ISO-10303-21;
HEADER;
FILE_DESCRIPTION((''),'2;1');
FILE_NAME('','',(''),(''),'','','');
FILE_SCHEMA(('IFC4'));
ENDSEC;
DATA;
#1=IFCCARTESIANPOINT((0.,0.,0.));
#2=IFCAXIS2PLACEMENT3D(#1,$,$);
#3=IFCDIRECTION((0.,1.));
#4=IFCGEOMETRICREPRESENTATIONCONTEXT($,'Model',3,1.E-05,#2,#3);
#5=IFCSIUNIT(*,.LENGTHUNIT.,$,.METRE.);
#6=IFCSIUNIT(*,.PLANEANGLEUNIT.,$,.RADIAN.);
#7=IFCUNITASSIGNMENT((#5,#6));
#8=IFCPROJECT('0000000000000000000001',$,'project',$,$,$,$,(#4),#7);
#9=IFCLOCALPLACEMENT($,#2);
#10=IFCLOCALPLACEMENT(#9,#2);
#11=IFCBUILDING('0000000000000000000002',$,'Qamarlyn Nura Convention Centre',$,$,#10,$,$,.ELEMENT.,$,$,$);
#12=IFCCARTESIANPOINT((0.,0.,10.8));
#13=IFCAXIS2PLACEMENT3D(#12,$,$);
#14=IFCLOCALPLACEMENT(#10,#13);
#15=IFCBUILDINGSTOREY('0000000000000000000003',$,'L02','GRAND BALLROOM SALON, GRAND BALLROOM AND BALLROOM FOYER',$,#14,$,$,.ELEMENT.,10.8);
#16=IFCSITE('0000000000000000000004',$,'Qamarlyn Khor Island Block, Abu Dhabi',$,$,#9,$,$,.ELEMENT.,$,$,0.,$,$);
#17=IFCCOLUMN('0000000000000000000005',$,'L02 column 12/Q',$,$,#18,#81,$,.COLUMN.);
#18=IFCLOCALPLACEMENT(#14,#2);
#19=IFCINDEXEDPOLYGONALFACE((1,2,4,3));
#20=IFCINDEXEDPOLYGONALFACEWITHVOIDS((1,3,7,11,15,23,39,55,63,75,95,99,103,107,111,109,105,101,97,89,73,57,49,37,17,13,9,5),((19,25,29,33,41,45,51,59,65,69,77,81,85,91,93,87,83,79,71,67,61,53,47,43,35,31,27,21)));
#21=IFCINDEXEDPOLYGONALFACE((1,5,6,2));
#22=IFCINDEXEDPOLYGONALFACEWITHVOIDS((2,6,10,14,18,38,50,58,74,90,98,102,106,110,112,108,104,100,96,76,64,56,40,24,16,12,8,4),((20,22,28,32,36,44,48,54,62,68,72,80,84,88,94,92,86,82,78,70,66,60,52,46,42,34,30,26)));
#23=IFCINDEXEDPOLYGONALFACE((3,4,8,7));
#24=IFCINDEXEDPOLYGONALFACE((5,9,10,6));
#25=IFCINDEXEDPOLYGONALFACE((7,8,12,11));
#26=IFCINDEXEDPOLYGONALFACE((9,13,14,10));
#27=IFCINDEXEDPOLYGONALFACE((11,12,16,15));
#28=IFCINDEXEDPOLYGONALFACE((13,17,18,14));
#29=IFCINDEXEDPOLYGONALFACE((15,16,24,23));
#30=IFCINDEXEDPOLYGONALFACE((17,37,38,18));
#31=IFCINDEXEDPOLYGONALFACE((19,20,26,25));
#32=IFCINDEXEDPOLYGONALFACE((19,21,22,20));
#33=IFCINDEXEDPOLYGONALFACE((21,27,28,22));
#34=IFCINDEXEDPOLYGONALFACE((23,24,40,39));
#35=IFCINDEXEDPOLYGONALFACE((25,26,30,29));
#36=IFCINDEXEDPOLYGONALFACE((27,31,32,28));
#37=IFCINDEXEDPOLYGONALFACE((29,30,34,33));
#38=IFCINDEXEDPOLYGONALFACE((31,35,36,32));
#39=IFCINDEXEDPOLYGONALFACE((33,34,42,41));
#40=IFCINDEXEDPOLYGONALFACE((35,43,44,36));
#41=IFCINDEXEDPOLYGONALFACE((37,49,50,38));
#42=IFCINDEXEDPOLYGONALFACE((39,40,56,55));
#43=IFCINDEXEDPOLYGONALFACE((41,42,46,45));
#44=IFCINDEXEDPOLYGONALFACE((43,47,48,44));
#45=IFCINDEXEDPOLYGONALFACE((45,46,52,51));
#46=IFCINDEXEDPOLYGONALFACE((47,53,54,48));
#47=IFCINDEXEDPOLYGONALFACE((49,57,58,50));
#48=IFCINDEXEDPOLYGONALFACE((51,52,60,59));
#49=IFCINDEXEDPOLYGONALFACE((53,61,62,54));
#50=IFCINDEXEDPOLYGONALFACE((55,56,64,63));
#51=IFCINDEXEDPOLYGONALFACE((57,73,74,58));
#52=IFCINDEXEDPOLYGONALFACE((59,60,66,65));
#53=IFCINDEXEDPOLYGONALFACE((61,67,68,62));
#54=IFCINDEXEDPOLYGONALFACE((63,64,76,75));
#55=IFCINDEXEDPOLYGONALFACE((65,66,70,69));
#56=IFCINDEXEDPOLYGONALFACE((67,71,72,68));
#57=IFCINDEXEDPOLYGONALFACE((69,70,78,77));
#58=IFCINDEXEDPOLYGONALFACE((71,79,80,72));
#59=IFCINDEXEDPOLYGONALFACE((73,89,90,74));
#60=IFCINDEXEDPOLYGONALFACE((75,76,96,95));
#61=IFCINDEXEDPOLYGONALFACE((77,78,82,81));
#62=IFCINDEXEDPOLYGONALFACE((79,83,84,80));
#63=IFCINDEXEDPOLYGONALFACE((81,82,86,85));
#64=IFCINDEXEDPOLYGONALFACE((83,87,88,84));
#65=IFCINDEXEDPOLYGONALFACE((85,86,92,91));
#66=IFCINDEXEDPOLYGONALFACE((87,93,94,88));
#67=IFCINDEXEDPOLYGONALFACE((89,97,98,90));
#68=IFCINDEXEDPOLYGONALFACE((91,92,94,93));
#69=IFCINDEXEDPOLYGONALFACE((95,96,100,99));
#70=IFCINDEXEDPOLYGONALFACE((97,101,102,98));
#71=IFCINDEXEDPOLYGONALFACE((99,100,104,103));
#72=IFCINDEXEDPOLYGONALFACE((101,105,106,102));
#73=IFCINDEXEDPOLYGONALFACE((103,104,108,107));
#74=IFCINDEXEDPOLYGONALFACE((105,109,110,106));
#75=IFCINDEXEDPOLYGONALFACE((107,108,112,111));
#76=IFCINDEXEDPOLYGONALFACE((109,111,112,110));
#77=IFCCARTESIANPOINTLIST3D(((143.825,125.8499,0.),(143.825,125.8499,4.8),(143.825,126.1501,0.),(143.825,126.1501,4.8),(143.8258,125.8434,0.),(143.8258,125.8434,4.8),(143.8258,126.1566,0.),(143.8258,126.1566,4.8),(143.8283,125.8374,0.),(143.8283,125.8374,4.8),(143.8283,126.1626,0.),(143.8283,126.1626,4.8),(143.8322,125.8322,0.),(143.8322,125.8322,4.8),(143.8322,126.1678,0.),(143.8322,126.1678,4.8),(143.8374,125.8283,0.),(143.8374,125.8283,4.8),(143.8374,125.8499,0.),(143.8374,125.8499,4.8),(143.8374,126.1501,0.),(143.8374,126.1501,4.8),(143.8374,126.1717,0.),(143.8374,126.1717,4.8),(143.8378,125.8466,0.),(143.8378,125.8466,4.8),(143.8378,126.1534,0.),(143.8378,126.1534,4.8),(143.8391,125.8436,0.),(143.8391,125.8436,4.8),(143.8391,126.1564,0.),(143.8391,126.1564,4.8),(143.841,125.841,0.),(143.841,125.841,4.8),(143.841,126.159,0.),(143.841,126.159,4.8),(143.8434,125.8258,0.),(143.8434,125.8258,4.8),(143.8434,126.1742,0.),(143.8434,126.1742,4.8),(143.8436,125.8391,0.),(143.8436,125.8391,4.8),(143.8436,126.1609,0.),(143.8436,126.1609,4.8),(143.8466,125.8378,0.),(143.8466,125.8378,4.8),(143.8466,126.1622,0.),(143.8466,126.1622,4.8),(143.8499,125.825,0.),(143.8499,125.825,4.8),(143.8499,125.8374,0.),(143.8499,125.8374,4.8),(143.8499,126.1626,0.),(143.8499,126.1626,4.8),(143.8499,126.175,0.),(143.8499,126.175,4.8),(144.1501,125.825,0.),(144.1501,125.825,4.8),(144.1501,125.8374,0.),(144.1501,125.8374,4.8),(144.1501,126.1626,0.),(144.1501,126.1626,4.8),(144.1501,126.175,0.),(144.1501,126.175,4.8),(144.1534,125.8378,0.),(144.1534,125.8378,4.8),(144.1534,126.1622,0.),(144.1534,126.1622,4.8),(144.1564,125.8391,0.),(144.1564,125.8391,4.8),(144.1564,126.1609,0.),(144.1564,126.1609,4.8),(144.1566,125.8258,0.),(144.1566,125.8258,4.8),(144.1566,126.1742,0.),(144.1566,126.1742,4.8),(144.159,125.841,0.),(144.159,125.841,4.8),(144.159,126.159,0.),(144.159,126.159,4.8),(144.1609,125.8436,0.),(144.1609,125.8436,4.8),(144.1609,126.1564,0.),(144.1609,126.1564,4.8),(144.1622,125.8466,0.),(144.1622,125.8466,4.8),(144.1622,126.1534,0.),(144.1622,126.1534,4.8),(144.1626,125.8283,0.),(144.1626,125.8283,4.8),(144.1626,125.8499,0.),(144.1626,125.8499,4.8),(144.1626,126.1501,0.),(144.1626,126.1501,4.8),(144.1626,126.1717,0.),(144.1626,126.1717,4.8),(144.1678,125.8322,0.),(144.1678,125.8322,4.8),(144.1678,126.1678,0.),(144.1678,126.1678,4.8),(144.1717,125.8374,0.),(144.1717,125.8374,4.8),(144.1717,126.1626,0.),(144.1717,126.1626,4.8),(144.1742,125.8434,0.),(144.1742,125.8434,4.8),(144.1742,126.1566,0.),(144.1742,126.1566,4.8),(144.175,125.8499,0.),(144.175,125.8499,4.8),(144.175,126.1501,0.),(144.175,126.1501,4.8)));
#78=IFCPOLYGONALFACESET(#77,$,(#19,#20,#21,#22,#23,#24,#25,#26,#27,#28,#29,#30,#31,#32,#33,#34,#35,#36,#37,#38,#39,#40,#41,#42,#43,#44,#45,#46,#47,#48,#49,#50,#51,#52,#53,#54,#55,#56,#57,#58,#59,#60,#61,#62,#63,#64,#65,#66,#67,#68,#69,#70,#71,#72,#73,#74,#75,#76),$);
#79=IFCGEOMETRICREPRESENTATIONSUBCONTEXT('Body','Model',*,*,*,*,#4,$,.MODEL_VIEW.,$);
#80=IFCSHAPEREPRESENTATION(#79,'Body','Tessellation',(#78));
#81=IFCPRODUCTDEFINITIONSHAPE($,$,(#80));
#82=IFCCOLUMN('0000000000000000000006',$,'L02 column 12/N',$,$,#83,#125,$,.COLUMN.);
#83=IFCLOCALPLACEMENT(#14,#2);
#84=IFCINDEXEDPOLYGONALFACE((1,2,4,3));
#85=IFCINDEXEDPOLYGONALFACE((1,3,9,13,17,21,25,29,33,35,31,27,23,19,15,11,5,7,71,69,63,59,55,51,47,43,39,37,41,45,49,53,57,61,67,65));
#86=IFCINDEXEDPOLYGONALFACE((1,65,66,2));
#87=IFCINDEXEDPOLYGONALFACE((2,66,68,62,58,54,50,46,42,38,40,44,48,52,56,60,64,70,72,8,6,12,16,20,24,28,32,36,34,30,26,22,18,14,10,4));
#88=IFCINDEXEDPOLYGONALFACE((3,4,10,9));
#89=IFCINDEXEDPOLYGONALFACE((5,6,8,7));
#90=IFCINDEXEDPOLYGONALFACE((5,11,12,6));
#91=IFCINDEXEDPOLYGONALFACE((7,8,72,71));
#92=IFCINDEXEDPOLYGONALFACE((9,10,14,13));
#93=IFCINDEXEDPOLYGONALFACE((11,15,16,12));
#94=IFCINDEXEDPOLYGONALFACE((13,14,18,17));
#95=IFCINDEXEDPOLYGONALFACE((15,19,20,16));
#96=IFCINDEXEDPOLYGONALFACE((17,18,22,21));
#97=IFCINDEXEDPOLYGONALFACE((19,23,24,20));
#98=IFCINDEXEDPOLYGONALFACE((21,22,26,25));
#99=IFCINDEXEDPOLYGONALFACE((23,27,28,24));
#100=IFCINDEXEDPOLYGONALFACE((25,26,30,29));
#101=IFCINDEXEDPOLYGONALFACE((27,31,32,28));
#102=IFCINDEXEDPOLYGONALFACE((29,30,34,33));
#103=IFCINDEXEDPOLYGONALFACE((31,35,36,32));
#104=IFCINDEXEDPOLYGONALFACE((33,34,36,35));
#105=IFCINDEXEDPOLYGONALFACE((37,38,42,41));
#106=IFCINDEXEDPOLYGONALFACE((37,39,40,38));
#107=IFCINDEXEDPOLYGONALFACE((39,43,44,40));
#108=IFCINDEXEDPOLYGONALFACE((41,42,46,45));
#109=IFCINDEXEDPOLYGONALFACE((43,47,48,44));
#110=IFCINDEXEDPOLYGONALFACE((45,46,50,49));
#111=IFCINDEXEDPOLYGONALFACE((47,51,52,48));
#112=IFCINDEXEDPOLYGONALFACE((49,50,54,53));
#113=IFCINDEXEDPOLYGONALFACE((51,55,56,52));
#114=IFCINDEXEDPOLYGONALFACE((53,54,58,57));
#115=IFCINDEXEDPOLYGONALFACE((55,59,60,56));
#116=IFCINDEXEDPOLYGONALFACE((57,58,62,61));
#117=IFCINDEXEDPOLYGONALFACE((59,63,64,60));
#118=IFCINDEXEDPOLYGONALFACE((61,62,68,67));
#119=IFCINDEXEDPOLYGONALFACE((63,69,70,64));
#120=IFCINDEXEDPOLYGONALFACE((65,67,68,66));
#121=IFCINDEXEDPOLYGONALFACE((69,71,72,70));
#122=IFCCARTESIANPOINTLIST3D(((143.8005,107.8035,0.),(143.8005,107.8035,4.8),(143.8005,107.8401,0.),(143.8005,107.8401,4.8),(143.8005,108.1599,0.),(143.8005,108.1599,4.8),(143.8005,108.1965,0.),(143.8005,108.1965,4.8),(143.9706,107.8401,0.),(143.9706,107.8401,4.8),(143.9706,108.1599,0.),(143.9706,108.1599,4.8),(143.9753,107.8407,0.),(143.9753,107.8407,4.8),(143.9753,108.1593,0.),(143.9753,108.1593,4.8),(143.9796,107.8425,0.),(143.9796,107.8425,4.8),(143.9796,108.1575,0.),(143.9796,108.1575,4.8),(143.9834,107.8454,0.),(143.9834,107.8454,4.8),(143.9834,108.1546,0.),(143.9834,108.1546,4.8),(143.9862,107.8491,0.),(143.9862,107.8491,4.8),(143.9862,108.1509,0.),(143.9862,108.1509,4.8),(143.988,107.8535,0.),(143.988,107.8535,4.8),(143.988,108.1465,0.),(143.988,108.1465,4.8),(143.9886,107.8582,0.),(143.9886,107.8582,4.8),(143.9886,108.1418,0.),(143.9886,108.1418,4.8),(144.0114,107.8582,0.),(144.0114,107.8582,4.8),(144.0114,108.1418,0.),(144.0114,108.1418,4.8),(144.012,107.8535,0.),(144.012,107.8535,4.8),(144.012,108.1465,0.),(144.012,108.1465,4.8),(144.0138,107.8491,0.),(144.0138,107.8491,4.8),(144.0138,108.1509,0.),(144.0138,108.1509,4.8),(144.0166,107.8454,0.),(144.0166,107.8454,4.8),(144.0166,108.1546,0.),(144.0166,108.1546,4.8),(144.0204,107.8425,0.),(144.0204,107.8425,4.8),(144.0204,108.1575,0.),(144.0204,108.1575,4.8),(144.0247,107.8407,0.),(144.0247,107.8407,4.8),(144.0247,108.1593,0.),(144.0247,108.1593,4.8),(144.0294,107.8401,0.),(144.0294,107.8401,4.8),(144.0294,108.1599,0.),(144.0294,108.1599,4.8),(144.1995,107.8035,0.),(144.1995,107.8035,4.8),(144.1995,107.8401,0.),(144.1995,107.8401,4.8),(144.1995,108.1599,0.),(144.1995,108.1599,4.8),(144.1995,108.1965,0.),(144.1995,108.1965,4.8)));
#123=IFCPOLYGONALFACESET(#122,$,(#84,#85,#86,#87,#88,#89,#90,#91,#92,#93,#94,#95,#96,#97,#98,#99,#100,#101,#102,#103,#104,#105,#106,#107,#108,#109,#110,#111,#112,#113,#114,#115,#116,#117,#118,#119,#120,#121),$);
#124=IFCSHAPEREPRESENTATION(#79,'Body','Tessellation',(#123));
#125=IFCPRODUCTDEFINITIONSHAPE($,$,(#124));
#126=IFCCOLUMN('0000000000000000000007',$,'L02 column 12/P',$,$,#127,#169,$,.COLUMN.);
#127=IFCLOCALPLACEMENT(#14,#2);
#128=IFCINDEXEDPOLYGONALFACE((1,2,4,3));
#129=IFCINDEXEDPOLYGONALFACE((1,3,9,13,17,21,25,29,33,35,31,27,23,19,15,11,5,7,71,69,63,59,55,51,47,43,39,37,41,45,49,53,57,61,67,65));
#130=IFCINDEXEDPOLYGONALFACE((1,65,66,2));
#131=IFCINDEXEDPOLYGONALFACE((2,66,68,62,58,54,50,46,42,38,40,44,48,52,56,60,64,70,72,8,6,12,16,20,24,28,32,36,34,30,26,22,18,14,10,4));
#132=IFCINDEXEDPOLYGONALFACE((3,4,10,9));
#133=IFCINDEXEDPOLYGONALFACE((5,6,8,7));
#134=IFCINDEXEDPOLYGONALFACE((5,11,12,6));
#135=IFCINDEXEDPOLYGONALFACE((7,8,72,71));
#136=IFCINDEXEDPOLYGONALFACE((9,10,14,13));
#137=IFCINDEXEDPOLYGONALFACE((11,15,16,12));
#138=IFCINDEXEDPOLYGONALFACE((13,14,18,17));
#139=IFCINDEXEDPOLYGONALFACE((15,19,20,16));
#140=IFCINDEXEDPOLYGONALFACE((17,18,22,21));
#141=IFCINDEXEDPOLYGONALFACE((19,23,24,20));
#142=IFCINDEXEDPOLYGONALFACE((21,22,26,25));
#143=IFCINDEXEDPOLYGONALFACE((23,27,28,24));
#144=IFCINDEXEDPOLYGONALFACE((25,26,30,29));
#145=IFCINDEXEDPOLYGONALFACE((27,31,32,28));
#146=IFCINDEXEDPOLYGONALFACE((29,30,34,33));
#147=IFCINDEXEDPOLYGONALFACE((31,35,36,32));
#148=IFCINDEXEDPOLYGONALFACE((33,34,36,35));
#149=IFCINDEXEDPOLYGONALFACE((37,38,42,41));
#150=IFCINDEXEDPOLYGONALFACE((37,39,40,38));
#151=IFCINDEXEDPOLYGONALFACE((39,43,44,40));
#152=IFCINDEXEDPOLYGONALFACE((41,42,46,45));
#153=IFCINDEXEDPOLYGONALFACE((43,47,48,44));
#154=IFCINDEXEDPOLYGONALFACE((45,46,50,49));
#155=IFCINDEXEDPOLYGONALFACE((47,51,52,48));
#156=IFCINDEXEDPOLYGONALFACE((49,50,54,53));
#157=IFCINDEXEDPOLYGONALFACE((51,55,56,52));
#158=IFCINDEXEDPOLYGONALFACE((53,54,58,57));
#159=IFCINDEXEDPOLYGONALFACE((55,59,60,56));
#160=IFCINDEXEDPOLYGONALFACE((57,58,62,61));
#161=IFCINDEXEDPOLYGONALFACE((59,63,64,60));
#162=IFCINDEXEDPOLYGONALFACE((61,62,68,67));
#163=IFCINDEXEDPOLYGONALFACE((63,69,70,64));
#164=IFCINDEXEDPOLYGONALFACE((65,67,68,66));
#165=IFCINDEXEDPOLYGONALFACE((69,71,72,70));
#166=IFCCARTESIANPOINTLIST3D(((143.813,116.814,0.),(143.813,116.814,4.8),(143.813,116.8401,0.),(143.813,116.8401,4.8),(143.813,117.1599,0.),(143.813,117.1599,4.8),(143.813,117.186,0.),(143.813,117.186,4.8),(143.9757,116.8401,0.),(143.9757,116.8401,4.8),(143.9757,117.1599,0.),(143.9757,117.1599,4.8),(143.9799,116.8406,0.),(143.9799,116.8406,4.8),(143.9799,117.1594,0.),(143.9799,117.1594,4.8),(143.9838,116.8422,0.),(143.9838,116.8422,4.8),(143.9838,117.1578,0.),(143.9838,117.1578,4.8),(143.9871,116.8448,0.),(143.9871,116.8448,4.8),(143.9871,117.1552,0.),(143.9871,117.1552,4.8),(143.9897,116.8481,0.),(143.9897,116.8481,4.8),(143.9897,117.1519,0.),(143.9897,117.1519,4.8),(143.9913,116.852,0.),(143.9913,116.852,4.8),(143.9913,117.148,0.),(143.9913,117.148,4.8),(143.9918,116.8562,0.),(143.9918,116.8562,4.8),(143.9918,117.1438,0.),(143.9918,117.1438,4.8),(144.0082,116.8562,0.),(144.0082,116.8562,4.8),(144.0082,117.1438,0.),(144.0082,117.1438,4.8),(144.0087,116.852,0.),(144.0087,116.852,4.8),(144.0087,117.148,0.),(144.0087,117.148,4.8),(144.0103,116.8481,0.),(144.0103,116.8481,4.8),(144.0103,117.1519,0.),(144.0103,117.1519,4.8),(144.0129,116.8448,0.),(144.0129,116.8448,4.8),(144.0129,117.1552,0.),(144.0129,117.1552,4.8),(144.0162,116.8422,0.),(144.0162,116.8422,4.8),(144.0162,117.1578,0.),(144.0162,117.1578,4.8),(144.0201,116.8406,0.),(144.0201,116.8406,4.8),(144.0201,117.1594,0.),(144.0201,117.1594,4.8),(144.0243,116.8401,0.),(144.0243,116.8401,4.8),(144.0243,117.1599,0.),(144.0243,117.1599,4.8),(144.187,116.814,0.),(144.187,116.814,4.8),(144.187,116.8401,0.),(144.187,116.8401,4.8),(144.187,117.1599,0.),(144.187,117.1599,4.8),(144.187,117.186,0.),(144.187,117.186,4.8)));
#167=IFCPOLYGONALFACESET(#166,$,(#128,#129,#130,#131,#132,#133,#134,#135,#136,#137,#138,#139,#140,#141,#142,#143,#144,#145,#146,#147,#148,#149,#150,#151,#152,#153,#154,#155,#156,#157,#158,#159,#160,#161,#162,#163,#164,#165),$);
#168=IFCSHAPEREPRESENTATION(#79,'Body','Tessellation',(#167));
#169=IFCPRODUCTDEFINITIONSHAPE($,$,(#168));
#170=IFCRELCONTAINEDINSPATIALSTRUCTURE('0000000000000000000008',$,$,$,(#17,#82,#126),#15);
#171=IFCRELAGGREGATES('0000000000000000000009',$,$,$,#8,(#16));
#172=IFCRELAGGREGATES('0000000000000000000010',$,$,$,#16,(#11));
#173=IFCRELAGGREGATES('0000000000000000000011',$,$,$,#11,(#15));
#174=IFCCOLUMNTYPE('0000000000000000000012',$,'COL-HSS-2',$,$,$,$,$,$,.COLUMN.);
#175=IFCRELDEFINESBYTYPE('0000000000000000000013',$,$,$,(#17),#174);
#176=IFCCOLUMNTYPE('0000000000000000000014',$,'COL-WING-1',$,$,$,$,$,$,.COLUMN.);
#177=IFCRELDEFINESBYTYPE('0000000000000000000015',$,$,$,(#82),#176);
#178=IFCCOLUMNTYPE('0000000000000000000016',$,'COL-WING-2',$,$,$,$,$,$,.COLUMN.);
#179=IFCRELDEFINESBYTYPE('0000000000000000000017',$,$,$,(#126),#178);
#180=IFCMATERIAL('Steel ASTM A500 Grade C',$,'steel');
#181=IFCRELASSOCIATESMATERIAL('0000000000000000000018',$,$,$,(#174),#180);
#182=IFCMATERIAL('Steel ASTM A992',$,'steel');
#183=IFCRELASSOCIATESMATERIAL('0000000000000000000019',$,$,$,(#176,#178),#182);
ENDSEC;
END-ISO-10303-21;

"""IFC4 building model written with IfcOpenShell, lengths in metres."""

from ifc_helpers import new_model, si_unit, direction, frame, origin, origin_2d, place, context, subcontext, project, spatial, hollow_rectangle, i_section, extrude, material, material_profile, profile_set, type_object, element, save


model = new_model("IFC4")

# Units and contexts
model_context = context("Model", 3, precision=1e-05, world=origin(), true_north=direction((0.0, 1.0)))
body_context = subcontext(model_context, "Body", "Model", "MODEL_VIEW")
ifc_project = project(units=[si_unit("LENGTHUNIT", "METRE"), si_unit("PLANEANGLEUNIT", "RADIAN")], contexts=[model_context])

# Site, building, storey
site_placement = place(None, origin())
site = spatial("IfcSite", under=ifc_project, at=site_placement, Name="Qamarlyn Khor Island Block, Abu Dhabi", CompositionType="ELEMENT", RefElevation=0.0)
building_placement = place(site_placement, origin())
building = spatial("IfcBuilding", under=site, at=building_placement, Name="Qamarlyn Nura Convention Centre", CompositionType="ELEMENT")
storey_placement = place(building_placement, frame((0.0, 0.0, 10.8)))
storey = spatial("IfcBuildingStorey", under=building, at=storey_placement, Name="L02", Description="GRAND BALLROOM SALON, GRAND BALLROOM AND BALLROOM FOYER", CompositionType="ELEMENT", Elevation=10.8)

# Columns
ifc_material_1 = material(Name="Steel ASTM A500 Grade C", Category="steel")
ifc_material_profile_1 = material_profile(ifc_material_1, hollow_rectangle(XDim=0.3501, YDim=0.3501, WallThickness=0.0125, InnerFilletRadius=0.0125, OuterFilletRadius=0.0249, at=origin_2d()), Name="HSS350X350X12.5")
ifc_profile_set_1 = profile_set([ifc_material_profile_1], Name="Steel ASTM A500 Grade C")
column_type_1 = type_object("IfcColumnType", Name="COL-HSS-2", PredefinedType="COLUMN", material=ifc_profile_set_1)
column_1_placement = place(storey_placement, frame((144.0, 126.0, 0.0), z_axis=(0.0, 0.0, 1.0), x_axis=(1.0, 0.0, 0.0)))
element("IfcColumn", 1, at=column_1_placement, inside=storey, type_object=column_type_1, Name="L02 column 12/Q", PredefinedType="COLUMN", context=body_context, shape_type="SweptSolid", body=[
    extrude(hollow_rectangle(XDim=0.3501, YDim=0.3501, WallThickness=0.0125, InnerFilletRadius=0.0125, OuterFilletRadius=0.0249, at=origin_2d()), origin(), (0.0, 0.0, 1.0), 4.8),
])
ifc_material_2 = material(Name="Steel ASTM A992", Category="steel")
ifc_material_profile_2 = material_profile(ifc_material_2, i_section(OverallWidth=0.3989, OverallDepth=0.3931, WebThickness=0.0227, FlangeThickness=0.0366, FilletRadius=0.0181, at=origin_2d()), Name="W360X287")
ifc_profile_set_2 = profile_set([ifc_material_profile_2], Name="Steel ASTM A992")
column_type_2 = type_object("IfcColumnType", Name="COL-WING-1", PredefinedType="COLUMN", material=ifc_profile_set_2)
column_2_placement = place(storey_placement, frame((144.0, 108.0, 0.0), z_axis=(0.0, 0.0, 1.0), x_axis=(1.0, 0.0, 0.0)))
element("IfcColumn", 2, at=column_2_placement, inside=storey, type_object=column_type_2, Name="L02 column 12/N", PredefinedType="COLUMN", context=body_context, shape_type="SweptSolid", body=[
    extrude(i_section(OverallWidth=0.3989, OverallDepth=0.3931, WebThickness=0.0227, FlangeThickness=0.0366, FilletRadius=0.0181, at=origin_2d()), origin(), (0.0, 0.0, 1.0), 4.8),
])
ifc_material_profile_3 = material_profile(ifc_material_2, i_section(OverallWidth=0.374, OverallDepth=0.3721, WebThickness=0.0164, FlangeThickness=0.0261, FilletRadius=0.0161, at=origin_2d()), Name="W360X196")
ifc_profile_set_3 = profile_set([ifc_material_profile_3], Name="Steel ASTM A992")
column_type_3 = type_object("IfcColumnType", Name="COL-WING-2", PredefinedType="COLUMN", material=ifc_profile_set_3)
column_3_placement = place(storey_placement, frame((144.0, 117.0, 0.0), z_axis=(0.0, 0.0, 1.0), x_axis=(1.0, 0.0, 0.0)))
element("IfcColumn", 3, at=column_3_placement, inside=storey, type_object=column_type_3, Name="L02 column 12/P", PredefinedType="COLUMN", context=body_context, shape_type="SweptSolid", body=[
    extrude(i_section(OverallWidth=0.374, OverallDepth=0.3721, WebThickness=0.0164, FlangeThickness=0.0261, FilletRadius=0.0161, at=origin_2d()), origin(), (0.0, 0.0, 1.0), 4.8),
])

save(model, "model.ifc")
